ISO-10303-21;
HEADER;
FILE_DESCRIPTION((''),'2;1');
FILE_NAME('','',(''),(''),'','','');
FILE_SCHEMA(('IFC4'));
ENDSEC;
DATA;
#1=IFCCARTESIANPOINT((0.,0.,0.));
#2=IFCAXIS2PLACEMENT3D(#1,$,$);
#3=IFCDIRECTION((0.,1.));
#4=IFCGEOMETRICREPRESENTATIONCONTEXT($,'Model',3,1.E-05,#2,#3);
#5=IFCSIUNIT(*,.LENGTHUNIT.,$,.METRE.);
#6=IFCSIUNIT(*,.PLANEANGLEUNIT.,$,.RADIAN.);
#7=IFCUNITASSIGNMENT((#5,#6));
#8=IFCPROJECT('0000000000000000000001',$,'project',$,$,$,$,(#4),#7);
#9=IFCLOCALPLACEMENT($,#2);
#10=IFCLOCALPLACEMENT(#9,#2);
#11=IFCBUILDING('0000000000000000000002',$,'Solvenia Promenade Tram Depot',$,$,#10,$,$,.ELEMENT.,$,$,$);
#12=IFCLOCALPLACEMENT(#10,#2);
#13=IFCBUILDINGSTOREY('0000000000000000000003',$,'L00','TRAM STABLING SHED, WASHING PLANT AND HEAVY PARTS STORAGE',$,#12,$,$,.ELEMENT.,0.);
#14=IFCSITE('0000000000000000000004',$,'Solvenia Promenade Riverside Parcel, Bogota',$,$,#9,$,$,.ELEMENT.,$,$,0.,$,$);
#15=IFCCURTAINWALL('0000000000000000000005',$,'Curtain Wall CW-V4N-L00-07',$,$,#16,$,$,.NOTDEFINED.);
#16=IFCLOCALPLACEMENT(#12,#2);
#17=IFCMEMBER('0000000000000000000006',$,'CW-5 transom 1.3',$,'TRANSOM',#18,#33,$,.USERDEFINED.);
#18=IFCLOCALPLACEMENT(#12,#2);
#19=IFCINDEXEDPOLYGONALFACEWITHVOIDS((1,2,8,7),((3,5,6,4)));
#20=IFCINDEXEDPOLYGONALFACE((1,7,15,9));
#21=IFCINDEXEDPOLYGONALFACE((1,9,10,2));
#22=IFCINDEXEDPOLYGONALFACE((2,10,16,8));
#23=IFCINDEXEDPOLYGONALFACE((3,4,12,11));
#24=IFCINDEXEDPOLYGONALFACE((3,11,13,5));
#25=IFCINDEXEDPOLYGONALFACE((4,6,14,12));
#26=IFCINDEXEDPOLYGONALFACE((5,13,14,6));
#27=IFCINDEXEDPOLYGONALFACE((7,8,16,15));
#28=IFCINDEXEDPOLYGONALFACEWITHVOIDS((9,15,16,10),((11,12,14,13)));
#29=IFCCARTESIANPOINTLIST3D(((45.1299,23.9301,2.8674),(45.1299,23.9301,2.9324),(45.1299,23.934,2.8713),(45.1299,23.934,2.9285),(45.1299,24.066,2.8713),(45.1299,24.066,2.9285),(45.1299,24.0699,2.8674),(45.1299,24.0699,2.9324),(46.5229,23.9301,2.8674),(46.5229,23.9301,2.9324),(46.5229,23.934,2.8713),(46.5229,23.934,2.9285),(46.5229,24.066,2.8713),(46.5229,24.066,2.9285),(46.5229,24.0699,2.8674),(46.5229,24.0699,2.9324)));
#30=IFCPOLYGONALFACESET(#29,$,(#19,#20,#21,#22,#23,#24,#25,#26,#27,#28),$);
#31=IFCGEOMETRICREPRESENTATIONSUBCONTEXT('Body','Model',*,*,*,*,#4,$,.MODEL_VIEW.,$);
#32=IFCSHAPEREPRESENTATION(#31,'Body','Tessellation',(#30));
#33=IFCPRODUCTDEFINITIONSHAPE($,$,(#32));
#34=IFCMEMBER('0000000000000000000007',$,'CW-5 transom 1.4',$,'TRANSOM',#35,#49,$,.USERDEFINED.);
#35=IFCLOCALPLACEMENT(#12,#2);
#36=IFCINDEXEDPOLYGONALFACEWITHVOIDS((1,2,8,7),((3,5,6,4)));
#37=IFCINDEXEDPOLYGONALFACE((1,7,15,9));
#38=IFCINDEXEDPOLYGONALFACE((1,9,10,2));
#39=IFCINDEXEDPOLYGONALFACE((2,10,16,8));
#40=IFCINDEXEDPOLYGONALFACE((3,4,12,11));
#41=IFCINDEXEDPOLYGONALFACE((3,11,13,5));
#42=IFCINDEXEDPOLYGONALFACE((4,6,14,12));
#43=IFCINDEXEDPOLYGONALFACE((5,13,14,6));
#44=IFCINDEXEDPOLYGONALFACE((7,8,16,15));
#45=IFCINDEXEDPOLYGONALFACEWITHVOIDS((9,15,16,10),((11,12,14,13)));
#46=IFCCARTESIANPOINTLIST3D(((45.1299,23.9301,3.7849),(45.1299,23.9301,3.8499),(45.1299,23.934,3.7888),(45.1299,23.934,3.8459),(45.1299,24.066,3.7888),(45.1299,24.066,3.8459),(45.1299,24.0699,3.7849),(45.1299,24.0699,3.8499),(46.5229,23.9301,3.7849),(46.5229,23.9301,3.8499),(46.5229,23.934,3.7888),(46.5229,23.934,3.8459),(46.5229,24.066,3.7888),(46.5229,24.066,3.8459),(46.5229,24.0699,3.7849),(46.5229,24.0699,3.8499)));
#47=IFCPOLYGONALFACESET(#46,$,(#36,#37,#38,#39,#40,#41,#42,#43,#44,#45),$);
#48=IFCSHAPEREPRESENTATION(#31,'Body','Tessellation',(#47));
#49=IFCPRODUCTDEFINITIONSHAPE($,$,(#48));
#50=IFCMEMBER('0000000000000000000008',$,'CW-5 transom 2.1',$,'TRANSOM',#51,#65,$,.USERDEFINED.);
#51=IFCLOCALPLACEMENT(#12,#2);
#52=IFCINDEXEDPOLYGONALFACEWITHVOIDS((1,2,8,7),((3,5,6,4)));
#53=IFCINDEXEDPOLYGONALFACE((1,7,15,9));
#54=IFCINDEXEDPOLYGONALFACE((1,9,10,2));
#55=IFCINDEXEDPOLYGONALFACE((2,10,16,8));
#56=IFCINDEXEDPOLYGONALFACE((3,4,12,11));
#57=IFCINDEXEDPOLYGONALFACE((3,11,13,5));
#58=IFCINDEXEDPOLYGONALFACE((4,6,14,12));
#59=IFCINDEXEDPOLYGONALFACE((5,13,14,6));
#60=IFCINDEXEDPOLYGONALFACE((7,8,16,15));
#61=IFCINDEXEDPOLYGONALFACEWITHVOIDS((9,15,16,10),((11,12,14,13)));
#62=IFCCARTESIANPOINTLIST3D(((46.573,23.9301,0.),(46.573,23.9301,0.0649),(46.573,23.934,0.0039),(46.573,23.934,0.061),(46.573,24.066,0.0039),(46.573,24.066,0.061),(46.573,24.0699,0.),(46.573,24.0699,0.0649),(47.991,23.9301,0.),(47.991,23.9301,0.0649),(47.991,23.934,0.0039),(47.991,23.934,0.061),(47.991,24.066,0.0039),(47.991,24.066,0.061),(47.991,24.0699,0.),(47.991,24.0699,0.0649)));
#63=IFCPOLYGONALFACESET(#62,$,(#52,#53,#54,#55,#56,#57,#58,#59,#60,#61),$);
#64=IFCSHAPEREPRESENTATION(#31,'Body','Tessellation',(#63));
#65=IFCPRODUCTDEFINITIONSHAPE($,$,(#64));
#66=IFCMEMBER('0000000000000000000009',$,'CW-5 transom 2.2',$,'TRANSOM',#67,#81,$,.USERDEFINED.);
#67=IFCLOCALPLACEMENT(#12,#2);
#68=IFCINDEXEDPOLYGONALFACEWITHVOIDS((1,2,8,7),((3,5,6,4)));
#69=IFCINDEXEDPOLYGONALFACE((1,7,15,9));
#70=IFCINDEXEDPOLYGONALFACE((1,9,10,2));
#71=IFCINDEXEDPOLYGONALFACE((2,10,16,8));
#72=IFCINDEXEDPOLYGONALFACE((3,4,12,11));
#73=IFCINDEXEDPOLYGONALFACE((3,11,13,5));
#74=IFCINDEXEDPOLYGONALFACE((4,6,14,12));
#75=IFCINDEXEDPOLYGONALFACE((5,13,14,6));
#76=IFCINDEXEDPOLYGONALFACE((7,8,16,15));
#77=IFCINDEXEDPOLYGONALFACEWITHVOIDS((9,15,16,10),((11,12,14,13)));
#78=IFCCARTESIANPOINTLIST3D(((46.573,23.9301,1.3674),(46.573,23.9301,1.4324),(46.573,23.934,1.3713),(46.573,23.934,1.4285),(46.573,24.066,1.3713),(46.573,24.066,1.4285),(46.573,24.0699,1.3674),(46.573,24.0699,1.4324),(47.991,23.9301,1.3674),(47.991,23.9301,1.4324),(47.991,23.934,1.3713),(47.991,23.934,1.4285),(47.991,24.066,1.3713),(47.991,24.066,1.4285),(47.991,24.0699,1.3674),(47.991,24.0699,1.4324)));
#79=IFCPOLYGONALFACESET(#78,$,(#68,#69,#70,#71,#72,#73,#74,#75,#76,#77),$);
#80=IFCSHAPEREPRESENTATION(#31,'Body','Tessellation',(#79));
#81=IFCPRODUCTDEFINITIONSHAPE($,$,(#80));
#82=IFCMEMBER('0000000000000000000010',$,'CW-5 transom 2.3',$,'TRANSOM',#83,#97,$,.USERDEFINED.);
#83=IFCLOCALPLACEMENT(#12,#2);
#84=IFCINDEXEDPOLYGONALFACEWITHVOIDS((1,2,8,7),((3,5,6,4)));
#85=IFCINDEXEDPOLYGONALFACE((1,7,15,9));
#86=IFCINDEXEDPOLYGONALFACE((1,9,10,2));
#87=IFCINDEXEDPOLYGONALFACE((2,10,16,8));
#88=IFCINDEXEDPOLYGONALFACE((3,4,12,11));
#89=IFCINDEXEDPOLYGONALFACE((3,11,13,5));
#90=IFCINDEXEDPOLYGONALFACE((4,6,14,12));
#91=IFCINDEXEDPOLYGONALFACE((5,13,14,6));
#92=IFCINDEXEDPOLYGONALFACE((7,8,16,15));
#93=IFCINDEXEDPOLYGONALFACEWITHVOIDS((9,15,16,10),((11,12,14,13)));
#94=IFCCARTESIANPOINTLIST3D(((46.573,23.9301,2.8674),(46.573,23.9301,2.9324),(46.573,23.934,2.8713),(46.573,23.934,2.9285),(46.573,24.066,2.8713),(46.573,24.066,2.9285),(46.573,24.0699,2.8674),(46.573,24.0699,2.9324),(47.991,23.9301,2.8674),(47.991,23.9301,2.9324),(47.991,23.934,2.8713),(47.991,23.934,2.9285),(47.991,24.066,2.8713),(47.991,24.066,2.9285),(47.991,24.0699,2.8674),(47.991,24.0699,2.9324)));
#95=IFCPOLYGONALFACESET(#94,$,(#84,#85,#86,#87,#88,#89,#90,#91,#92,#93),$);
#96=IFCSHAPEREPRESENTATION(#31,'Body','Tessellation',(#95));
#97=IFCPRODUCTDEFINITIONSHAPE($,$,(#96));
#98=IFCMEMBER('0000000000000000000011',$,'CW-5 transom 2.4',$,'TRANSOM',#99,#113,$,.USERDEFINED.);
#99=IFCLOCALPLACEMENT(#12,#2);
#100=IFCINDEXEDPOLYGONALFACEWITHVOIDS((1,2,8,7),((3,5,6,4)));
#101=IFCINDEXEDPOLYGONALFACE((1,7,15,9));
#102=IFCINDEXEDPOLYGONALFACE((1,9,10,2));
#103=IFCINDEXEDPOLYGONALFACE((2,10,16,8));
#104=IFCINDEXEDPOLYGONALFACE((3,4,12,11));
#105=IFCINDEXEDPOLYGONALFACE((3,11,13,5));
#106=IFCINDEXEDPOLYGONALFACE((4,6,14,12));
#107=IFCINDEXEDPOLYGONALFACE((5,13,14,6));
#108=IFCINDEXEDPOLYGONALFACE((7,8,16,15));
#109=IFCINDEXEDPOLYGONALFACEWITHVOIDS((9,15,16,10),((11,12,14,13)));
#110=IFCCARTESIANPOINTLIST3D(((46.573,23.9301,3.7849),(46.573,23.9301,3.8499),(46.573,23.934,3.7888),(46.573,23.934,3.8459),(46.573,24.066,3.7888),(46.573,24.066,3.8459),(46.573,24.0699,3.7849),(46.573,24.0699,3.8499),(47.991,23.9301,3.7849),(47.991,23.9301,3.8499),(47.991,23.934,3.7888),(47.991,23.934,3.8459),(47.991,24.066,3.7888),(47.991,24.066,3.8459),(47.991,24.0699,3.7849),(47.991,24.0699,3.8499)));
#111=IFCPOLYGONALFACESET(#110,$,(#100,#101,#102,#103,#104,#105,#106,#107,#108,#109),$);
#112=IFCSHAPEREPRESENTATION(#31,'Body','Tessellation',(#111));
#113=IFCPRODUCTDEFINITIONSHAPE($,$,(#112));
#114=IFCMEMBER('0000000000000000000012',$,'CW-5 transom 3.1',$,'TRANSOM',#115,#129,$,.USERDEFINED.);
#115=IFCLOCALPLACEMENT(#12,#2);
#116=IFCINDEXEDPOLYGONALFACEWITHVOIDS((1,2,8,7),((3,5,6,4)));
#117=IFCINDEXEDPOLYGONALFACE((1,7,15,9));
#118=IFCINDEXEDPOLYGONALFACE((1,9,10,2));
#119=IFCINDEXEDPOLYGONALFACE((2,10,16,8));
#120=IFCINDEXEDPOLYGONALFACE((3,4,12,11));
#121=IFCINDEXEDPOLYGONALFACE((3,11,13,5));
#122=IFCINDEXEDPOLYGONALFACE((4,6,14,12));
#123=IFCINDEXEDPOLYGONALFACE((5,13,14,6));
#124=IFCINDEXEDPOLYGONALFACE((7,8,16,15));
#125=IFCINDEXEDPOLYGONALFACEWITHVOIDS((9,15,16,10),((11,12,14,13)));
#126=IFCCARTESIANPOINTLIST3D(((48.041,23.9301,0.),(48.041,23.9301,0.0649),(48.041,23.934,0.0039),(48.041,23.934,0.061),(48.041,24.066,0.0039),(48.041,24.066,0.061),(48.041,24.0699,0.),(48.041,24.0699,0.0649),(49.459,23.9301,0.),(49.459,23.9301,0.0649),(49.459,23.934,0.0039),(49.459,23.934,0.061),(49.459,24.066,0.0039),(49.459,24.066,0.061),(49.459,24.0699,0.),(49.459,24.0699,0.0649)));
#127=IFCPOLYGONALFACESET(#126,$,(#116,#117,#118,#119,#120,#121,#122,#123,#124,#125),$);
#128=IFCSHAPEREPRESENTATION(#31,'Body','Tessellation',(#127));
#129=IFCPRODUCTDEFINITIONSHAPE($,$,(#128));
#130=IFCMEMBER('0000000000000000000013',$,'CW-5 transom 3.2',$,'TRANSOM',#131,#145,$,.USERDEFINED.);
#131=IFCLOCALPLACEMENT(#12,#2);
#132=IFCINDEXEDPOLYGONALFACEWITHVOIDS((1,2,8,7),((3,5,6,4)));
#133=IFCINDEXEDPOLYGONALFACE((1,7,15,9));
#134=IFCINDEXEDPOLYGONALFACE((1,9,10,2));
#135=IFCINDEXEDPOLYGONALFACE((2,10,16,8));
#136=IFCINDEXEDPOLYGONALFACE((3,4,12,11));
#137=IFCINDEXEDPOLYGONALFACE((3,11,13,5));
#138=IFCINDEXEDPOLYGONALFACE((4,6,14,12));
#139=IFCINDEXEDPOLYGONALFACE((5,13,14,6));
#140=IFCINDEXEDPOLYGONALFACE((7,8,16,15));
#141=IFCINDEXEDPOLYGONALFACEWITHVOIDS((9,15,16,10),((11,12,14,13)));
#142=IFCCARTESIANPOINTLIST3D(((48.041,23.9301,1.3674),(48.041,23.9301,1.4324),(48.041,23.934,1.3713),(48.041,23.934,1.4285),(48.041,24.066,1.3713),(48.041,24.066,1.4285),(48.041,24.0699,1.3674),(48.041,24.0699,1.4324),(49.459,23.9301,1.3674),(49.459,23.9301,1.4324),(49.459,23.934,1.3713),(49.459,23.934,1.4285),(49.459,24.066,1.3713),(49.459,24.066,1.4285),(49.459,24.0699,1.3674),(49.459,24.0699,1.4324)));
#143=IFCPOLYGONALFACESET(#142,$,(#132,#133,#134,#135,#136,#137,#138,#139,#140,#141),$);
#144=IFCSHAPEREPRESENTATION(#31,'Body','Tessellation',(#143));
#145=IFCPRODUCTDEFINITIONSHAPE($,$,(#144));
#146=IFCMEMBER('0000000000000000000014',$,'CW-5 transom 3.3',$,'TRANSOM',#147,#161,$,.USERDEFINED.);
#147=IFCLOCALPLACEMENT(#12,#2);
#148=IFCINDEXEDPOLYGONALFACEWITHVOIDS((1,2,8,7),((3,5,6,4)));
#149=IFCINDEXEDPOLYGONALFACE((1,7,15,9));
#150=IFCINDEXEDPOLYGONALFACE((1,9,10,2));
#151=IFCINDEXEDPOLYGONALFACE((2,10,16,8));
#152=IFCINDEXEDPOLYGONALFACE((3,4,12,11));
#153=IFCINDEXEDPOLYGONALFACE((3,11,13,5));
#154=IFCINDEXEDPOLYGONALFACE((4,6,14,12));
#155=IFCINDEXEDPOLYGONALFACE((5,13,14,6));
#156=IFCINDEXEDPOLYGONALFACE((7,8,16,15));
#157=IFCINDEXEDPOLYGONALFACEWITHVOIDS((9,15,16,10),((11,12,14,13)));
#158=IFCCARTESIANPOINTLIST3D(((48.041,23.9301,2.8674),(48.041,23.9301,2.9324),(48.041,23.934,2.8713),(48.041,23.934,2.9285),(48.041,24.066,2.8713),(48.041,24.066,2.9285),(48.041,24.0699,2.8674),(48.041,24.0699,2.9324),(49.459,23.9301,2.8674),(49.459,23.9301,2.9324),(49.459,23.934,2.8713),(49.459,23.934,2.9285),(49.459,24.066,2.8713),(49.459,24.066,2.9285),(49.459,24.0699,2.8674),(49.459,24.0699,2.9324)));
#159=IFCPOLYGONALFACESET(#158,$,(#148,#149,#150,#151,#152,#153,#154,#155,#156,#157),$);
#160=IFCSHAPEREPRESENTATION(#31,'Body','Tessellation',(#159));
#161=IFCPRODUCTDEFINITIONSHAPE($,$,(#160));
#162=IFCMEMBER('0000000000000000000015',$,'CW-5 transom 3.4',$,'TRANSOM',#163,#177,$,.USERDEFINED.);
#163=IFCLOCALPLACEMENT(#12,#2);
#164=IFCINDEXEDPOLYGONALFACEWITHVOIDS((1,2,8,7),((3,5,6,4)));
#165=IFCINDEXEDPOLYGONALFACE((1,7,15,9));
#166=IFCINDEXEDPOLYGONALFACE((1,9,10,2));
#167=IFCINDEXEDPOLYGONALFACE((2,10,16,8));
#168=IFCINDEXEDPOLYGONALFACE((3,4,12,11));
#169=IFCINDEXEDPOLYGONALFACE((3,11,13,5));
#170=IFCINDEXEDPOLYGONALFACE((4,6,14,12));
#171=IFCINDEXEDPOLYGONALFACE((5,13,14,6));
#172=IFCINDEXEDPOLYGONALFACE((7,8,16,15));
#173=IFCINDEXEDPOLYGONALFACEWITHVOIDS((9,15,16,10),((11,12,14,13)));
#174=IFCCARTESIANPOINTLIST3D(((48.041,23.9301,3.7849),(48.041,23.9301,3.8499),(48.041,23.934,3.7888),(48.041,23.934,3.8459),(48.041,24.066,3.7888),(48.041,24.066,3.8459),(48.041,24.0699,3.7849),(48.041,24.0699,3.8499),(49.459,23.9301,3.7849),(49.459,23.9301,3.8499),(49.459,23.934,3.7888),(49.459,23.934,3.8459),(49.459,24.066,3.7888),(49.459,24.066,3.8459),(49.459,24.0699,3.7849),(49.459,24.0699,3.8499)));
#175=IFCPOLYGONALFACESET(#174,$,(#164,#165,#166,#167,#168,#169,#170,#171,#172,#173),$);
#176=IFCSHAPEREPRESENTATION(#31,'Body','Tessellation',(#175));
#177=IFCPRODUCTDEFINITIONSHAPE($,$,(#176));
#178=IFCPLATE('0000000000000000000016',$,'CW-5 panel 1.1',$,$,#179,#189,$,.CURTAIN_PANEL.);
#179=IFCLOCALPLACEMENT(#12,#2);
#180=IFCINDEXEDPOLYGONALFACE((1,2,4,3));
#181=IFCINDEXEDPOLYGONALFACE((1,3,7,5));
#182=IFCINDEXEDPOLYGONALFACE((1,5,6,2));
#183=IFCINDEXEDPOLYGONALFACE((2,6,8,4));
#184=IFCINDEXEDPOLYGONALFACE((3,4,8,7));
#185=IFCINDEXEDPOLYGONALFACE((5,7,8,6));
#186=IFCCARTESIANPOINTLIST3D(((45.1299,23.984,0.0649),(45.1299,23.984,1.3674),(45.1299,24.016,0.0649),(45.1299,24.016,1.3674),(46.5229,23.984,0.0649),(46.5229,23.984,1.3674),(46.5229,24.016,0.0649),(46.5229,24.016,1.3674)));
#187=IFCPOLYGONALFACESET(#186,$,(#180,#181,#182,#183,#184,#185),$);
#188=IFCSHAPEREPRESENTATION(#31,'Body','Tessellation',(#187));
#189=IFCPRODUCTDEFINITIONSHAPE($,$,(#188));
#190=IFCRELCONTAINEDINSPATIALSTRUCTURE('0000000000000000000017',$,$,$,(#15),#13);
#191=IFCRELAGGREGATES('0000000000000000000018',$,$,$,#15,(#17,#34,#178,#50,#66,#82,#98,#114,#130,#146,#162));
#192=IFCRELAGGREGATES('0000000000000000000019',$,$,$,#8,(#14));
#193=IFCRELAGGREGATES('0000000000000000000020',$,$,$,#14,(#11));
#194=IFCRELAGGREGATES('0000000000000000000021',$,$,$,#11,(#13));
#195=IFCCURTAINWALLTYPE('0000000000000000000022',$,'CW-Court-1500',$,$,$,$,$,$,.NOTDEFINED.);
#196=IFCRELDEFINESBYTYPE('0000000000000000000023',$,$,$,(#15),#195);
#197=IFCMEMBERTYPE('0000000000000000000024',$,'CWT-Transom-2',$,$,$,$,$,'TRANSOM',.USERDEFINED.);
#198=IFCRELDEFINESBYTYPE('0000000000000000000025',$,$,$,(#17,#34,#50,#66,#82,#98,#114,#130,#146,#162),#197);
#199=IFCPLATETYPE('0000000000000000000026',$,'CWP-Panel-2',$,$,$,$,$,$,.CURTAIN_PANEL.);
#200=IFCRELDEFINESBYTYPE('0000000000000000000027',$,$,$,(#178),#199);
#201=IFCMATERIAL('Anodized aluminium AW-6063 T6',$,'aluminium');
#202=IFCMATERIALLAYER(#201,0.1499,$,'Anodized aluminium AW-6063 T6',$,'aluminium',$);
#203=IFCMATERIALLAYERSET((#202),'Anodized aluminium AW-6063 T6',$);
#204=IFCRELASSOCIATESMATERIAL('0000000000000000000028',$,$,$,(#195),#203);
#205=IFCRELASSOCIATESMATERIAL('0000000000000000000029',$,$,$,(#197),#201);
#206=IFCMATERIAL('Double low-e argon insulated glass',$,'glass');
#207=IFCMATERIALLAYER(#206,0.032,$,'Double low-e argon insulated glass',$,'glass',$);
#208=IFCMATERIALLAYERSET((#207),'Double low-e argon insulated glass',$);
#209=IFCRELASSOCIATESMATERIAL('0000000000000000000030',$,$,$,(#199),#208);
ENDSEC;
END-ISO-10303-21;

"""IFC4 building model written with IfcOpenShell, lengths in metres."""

from ifc_helpers import new_model, si_unit, direction, frame, origin, origin_2d, place, context, subcontext, project, spatial, rectangle, hollow_rectangle, extrude, material, layer, layer_set, material_profile, profile_set, type_object, element, aggregate, save


model = new_model("IFC4")

# Units and contexts
model_context = context("Model", 3, precision=1e-05, world=origin(), true_north=direction((0.0, 1.0)))
body_context = subcontext(model_context, "Body", "Model", "MODEL_VIEW")
ifc_project = project(units=[si_unit("LENGTHUNIT", "METRE"), si_unit("PLANEANGLEUNIT", "RADIAN")], contexts=[model_context])

# Site, building, storey
site_placement = place(None, origin())
site = spatial("IfcSite", under=ifc_project, at=site_placement, Name="Solvenia Promenade Riverside Parcel, Bogota", CompositionType="ELEMENT", RefElevation=0.0)
building_placement = place(site_placement, origin())
building = spatial("IfcBuilding", under=site, at=building_placement, Name="Solvenia Promenade Tram Depot", CompositionType="ELEMENT")
storey_placement = place(building_placement, origin())
storey = spatial("IfcBuildingStorey", under=building, at=storey_placement, Name="L00", Description="TRAM STABLING SHED, WASHING PLANT AND HEAVY PARTS STORAGE", CompositionType="ELEMENT", Elevation=0.0)

# Curtain wall, members, plate
ifc_material_1 = material(Name="Anodized aluminium AW-6063 T6", Category="aluminium")
ifc_layer_1 = layer(ifc_material_1, 0.1499, Name="Anodized aluminium AW-6063 T6", Category="aluminium")
ifc_layer_set_1 = layer_set([ifc_layer_1], Name="Anodized aluminium AW-6063 T6")
curtain_wall_type = type_object("IfcCurtainWallType", Name="CW-Court-1500", PredefinedType="NOTDEFINED", material=ifc_layer_set_1)
curtain_wall_placement = place(storey_placement, origin())
curtain_wall = element("IfcCurtainWall", 1, at=curtain_wall_placement, inside=storey, type_object=curtain_wall_type, Name="Curtain Wall CW-V4N-L00-07", PredefinedType="NOTDEFINED")
ifc_material_profile_1 = material_profile(ifc_material_1, hollow_rectangle(XDim=0.1399, YDim=0.0649, WallThickness=0.0039, at=origin_2d()), Name="ALU-T2", Category="aluminium")
ifc_profile_set_1 = profile_set([ifc_material_profile_1], Name="Anodized aluminium AW-6063 T6")
member_type_1 = type_object("IfcMemberType", Name="CWT-Transom-2", ElementType="TRANSOM", PredefinedType="USERDEFINED", material=ifc_profile_set_1)
member_1_placement = place(storey_placement, frame((45.1299, 24.0, 2.8999), z_axis=(1.0, 0.0, 0.0), x_axis=(0.0, 1.0, 0.0)))
member_1 = element("IfcMember", 2, at=member_1_placement, type_object=member_type_1, Name="CW-5 transom 1.3", ObjectType="TRANSOM", PredefinedType="USERDEFINED", context=body_context, shape_type="SweptSolid", body=[
    extrude(hollow_rectangle(XDim=0.1399, YDim=0.0649, WallThickness=0.0039, at=origin_2d()), origin(), (0.0, 0.0, 1.0), 1.3931),
])
member_2_placement = place(storey_placement, frame((45.1299, 24.0, 3.8174), z_axis=(1.0, 0.0, 0.0), x_axis=(0.0, 1.0, 0.0)))
member_2 = element("IfcMember", 3, at=member_2_placement, type_object=member_type_1, Name="CW-5 transom 1.4", ObjectType="TRANSOM", PredefinedType="USERDEFINED", context=body_context, shape_type="SweptSolid", body=[
    extrude(hollow_rectangle(XDim=0.1399, YDim=0.0649, WallThickness=0.0039, at=origin_2d()), origin(), (0.0, 0.0, 1.0), 1.3931),
])
member_3_placement = place(storey_placement, frame((46.573, 24.0, 0.0325), z_axis=(1.0, 0.0, 0.0), x_axis=(0.0, 1.0, 0.0)))
member_3 = element("IfcMember", 4, at=member_3_placement, type_object=member_type_1, Name="CW-5 transom 2.1", ObjectType="TRANSOM", PredefinedType="USERDEFINED", context=body_context, shape_type="SweptSolid", body=[
    extrude(hollow_rectangle(XDim=0.1399, YDim=0.0649, WallThickness=0.0039, at=origin_2d()), origin(), (0.0, 0.0, 1.0), 1.418),
])
member_4_placement = place(storey_placement, frame((46.573, 24.0, 1.3999), z_axis=(1.0, 0.0, 0.0), x_axis=(0.0, 1.0, 0.0)))
member_4 = element("IfcMember", 5, at=member_4_placement, type_object=member_type_1, Name="CW-5 transom 2.2", ObjectType="TRANSOM", PredefinedType="USERDEFINED", context=body_context, shape_type="SweptSolid", body=[
    extrude(hollow_rectangle(XDim=0.1399, YDim=0.0649, WallThickness=0.0039, at=origin_2d()), origin(), (0.0, 0.0, 1.0), 1.418),
])
member_5_placement = place(storey_placement, frame((46.573, 24.0, 2.8999), z_axis=(1.0, 0.0, 0.0), x_axis=(0.0, 1.0, 0.0)))
member_5 = element("IfcMember", 6, at=member_5_placement, type_object=member_type_1, Name="CW-5 transom 2.3", ObjectType="TRANSOM", PredefinedType="USERDEFINED", context=body_context, shape_type="SweptSolid", body=[
    extrude(hollow_rectangle(XDim=0.1399, YDim=0.0649, WallThickness=0.0039, at=origin_2d()), origin(), (0.0, 0.0, 1.0), 1.418),
])
member_6_placement = place(storey_placement, frame((46.573, 24.0, 3.8174), z_axis=(1.0, 0.0, 0.0), x_axis=(0.0, 1.0, 0.0)))
member_6 = element("IfcMember", 7, at=member_6_placement, type_object=member_type_1, Name="CW-5 transom 2.4", ObjectType="TRANSOM", PredefinedType="USERDEFINED", context=body_context, shape_type="SweptSolid", body=[
    extrude(hollow_rectangle(XDim=0.1399, YDim=0.0649, WallThickness=0.0039, at=origin_2d()), origin(), (0.0, 0.0, 1.0), 1.418),
])
member_7_placement = place(storey_placement, frame((48.041, 24.0, 0.0325), z_axis=(1.0, 0.0, 0.0), x_axis=(0.0, 1.0, 0.0)))
member_7 = element("IfcMember", 8, at=member_7_placement, type_object=member_type_1, Name="CW-5 transom 3.1", ObjectType="TRANSOM", PredefinedType="USERDEFINED", context=body_context, shape_type="SweptSolid", body=[
    extrude(hollow_rectangle(XDim=0.1399, YDim=0.0649, WallThickness=0.0039, at=origin_2d()), origin(), (0.0, 0.0, 1.0), 1.418),
])
member_8_placement = place(storey_placement, frame((48.041, 24.0, 1.3999), z_axis=(1.0, 0.0, 0.0), x_axis=(0.0, 1.0, 0.0)))
member_8 = element("IfcMember", 9, at=member_8_placement, type_object=member_type_1, Name="CW-5 transom 3.2", ObjectType="TRANSOM", PredefinedType="USERDEFINED", context=body_context, shape_type="SweptSolid", body=[
    extrude(hollow_rectangle(XDim=0.1399, YDim=0.0649, WallThickness=0.0039, at=origin_2d()), origin(), (0.0, 0.0, 1.0), 1.418),
])
member_9_placement = place(storey_placement, frame((48.041, 24.0, 2.8999), z_axis=(1.0, 0.0, 0.0), x_axis=(0.0, 1.0, 0.0)))
member_9 = element("IfcMember", 10, at=member_9_placement, type_object=member_type_1, Name="CW-5 transom 3.3", ObjectType="TRANSOM", PredefinedType="USERDEFINED", context=body_context, shape_type="SweptSolid", body=[
    extrude(hollow_rectangle(XDim=0.1399, YDim=0.0649, WallThickness=0.0039, at=origin_2d()), origin(), (0.0, 0.0, 1.0), 1.418),
])
member_10_placement = place(storey_placement, frame((48.041, 24.0, 3.8174), z_axis=(1.0, 0.0, 0.0), x_axis=(0.0, 1.0, 0.0)))
member_10 = element("IfcMember", 11, at=member_10_placement, type_object=member_type_1, Name="CW-5 transom 3.4", ObjectType="TRANSOM", PredefinedType="USERDEFINED", context=body_context, shape_type="SweptSolid", body=[
    extrude(hollow_rectangle(XDim=0.1399, YDim=0.0649, WallThickness=0.0039, at=origin_2d()), origin(), (0.0, 0.0, 1.0), 1.418),
])
ifc_material_2 = material(Name="Double low-e argon insulated glass", Category="glass")
ifc_layer_2 = layer(ifc_material_2, 0.032, Name="Double low-e argon insulated glass", Category="glass")
ifc_layer_set_2 = layer_set([ifc_layer_2], Name="Double low-e argon insulated glass")
plate_type = type_object("IfcPlateType", Name="CWP-Panel-2", PredefinedType="CURTAIN_PANEL", material=ifc_layer_set_2)
plate_1_placement = place(storey_placement, frame((45.8264, 24.0, 0.0649), z_axis=(0.0, 0.0, 1.0), x_axis=(1.0, 0.0, 0.0)))
plate_1 = element("IfcPlate", 12, at=plate_1_placement, type_object=plate_type, Name="CW-5 panel 1.1", PredefinedType="CURTAIN_PANEL", context=body_context, shape_type="SweptSolid", body=[
    extrude(rectangle(XDim=1.3931, YDim=0.032, at=origin_2d()), origin(), (0.0, 0.0, 1.0), 1.3025),
])
aggregate(curtain_wall, [member_1, member_2, plate_1, member_3, member_4, member_5, member_6, member_7, member_8, member_9, member_10])

save(model, "model.ifc")
